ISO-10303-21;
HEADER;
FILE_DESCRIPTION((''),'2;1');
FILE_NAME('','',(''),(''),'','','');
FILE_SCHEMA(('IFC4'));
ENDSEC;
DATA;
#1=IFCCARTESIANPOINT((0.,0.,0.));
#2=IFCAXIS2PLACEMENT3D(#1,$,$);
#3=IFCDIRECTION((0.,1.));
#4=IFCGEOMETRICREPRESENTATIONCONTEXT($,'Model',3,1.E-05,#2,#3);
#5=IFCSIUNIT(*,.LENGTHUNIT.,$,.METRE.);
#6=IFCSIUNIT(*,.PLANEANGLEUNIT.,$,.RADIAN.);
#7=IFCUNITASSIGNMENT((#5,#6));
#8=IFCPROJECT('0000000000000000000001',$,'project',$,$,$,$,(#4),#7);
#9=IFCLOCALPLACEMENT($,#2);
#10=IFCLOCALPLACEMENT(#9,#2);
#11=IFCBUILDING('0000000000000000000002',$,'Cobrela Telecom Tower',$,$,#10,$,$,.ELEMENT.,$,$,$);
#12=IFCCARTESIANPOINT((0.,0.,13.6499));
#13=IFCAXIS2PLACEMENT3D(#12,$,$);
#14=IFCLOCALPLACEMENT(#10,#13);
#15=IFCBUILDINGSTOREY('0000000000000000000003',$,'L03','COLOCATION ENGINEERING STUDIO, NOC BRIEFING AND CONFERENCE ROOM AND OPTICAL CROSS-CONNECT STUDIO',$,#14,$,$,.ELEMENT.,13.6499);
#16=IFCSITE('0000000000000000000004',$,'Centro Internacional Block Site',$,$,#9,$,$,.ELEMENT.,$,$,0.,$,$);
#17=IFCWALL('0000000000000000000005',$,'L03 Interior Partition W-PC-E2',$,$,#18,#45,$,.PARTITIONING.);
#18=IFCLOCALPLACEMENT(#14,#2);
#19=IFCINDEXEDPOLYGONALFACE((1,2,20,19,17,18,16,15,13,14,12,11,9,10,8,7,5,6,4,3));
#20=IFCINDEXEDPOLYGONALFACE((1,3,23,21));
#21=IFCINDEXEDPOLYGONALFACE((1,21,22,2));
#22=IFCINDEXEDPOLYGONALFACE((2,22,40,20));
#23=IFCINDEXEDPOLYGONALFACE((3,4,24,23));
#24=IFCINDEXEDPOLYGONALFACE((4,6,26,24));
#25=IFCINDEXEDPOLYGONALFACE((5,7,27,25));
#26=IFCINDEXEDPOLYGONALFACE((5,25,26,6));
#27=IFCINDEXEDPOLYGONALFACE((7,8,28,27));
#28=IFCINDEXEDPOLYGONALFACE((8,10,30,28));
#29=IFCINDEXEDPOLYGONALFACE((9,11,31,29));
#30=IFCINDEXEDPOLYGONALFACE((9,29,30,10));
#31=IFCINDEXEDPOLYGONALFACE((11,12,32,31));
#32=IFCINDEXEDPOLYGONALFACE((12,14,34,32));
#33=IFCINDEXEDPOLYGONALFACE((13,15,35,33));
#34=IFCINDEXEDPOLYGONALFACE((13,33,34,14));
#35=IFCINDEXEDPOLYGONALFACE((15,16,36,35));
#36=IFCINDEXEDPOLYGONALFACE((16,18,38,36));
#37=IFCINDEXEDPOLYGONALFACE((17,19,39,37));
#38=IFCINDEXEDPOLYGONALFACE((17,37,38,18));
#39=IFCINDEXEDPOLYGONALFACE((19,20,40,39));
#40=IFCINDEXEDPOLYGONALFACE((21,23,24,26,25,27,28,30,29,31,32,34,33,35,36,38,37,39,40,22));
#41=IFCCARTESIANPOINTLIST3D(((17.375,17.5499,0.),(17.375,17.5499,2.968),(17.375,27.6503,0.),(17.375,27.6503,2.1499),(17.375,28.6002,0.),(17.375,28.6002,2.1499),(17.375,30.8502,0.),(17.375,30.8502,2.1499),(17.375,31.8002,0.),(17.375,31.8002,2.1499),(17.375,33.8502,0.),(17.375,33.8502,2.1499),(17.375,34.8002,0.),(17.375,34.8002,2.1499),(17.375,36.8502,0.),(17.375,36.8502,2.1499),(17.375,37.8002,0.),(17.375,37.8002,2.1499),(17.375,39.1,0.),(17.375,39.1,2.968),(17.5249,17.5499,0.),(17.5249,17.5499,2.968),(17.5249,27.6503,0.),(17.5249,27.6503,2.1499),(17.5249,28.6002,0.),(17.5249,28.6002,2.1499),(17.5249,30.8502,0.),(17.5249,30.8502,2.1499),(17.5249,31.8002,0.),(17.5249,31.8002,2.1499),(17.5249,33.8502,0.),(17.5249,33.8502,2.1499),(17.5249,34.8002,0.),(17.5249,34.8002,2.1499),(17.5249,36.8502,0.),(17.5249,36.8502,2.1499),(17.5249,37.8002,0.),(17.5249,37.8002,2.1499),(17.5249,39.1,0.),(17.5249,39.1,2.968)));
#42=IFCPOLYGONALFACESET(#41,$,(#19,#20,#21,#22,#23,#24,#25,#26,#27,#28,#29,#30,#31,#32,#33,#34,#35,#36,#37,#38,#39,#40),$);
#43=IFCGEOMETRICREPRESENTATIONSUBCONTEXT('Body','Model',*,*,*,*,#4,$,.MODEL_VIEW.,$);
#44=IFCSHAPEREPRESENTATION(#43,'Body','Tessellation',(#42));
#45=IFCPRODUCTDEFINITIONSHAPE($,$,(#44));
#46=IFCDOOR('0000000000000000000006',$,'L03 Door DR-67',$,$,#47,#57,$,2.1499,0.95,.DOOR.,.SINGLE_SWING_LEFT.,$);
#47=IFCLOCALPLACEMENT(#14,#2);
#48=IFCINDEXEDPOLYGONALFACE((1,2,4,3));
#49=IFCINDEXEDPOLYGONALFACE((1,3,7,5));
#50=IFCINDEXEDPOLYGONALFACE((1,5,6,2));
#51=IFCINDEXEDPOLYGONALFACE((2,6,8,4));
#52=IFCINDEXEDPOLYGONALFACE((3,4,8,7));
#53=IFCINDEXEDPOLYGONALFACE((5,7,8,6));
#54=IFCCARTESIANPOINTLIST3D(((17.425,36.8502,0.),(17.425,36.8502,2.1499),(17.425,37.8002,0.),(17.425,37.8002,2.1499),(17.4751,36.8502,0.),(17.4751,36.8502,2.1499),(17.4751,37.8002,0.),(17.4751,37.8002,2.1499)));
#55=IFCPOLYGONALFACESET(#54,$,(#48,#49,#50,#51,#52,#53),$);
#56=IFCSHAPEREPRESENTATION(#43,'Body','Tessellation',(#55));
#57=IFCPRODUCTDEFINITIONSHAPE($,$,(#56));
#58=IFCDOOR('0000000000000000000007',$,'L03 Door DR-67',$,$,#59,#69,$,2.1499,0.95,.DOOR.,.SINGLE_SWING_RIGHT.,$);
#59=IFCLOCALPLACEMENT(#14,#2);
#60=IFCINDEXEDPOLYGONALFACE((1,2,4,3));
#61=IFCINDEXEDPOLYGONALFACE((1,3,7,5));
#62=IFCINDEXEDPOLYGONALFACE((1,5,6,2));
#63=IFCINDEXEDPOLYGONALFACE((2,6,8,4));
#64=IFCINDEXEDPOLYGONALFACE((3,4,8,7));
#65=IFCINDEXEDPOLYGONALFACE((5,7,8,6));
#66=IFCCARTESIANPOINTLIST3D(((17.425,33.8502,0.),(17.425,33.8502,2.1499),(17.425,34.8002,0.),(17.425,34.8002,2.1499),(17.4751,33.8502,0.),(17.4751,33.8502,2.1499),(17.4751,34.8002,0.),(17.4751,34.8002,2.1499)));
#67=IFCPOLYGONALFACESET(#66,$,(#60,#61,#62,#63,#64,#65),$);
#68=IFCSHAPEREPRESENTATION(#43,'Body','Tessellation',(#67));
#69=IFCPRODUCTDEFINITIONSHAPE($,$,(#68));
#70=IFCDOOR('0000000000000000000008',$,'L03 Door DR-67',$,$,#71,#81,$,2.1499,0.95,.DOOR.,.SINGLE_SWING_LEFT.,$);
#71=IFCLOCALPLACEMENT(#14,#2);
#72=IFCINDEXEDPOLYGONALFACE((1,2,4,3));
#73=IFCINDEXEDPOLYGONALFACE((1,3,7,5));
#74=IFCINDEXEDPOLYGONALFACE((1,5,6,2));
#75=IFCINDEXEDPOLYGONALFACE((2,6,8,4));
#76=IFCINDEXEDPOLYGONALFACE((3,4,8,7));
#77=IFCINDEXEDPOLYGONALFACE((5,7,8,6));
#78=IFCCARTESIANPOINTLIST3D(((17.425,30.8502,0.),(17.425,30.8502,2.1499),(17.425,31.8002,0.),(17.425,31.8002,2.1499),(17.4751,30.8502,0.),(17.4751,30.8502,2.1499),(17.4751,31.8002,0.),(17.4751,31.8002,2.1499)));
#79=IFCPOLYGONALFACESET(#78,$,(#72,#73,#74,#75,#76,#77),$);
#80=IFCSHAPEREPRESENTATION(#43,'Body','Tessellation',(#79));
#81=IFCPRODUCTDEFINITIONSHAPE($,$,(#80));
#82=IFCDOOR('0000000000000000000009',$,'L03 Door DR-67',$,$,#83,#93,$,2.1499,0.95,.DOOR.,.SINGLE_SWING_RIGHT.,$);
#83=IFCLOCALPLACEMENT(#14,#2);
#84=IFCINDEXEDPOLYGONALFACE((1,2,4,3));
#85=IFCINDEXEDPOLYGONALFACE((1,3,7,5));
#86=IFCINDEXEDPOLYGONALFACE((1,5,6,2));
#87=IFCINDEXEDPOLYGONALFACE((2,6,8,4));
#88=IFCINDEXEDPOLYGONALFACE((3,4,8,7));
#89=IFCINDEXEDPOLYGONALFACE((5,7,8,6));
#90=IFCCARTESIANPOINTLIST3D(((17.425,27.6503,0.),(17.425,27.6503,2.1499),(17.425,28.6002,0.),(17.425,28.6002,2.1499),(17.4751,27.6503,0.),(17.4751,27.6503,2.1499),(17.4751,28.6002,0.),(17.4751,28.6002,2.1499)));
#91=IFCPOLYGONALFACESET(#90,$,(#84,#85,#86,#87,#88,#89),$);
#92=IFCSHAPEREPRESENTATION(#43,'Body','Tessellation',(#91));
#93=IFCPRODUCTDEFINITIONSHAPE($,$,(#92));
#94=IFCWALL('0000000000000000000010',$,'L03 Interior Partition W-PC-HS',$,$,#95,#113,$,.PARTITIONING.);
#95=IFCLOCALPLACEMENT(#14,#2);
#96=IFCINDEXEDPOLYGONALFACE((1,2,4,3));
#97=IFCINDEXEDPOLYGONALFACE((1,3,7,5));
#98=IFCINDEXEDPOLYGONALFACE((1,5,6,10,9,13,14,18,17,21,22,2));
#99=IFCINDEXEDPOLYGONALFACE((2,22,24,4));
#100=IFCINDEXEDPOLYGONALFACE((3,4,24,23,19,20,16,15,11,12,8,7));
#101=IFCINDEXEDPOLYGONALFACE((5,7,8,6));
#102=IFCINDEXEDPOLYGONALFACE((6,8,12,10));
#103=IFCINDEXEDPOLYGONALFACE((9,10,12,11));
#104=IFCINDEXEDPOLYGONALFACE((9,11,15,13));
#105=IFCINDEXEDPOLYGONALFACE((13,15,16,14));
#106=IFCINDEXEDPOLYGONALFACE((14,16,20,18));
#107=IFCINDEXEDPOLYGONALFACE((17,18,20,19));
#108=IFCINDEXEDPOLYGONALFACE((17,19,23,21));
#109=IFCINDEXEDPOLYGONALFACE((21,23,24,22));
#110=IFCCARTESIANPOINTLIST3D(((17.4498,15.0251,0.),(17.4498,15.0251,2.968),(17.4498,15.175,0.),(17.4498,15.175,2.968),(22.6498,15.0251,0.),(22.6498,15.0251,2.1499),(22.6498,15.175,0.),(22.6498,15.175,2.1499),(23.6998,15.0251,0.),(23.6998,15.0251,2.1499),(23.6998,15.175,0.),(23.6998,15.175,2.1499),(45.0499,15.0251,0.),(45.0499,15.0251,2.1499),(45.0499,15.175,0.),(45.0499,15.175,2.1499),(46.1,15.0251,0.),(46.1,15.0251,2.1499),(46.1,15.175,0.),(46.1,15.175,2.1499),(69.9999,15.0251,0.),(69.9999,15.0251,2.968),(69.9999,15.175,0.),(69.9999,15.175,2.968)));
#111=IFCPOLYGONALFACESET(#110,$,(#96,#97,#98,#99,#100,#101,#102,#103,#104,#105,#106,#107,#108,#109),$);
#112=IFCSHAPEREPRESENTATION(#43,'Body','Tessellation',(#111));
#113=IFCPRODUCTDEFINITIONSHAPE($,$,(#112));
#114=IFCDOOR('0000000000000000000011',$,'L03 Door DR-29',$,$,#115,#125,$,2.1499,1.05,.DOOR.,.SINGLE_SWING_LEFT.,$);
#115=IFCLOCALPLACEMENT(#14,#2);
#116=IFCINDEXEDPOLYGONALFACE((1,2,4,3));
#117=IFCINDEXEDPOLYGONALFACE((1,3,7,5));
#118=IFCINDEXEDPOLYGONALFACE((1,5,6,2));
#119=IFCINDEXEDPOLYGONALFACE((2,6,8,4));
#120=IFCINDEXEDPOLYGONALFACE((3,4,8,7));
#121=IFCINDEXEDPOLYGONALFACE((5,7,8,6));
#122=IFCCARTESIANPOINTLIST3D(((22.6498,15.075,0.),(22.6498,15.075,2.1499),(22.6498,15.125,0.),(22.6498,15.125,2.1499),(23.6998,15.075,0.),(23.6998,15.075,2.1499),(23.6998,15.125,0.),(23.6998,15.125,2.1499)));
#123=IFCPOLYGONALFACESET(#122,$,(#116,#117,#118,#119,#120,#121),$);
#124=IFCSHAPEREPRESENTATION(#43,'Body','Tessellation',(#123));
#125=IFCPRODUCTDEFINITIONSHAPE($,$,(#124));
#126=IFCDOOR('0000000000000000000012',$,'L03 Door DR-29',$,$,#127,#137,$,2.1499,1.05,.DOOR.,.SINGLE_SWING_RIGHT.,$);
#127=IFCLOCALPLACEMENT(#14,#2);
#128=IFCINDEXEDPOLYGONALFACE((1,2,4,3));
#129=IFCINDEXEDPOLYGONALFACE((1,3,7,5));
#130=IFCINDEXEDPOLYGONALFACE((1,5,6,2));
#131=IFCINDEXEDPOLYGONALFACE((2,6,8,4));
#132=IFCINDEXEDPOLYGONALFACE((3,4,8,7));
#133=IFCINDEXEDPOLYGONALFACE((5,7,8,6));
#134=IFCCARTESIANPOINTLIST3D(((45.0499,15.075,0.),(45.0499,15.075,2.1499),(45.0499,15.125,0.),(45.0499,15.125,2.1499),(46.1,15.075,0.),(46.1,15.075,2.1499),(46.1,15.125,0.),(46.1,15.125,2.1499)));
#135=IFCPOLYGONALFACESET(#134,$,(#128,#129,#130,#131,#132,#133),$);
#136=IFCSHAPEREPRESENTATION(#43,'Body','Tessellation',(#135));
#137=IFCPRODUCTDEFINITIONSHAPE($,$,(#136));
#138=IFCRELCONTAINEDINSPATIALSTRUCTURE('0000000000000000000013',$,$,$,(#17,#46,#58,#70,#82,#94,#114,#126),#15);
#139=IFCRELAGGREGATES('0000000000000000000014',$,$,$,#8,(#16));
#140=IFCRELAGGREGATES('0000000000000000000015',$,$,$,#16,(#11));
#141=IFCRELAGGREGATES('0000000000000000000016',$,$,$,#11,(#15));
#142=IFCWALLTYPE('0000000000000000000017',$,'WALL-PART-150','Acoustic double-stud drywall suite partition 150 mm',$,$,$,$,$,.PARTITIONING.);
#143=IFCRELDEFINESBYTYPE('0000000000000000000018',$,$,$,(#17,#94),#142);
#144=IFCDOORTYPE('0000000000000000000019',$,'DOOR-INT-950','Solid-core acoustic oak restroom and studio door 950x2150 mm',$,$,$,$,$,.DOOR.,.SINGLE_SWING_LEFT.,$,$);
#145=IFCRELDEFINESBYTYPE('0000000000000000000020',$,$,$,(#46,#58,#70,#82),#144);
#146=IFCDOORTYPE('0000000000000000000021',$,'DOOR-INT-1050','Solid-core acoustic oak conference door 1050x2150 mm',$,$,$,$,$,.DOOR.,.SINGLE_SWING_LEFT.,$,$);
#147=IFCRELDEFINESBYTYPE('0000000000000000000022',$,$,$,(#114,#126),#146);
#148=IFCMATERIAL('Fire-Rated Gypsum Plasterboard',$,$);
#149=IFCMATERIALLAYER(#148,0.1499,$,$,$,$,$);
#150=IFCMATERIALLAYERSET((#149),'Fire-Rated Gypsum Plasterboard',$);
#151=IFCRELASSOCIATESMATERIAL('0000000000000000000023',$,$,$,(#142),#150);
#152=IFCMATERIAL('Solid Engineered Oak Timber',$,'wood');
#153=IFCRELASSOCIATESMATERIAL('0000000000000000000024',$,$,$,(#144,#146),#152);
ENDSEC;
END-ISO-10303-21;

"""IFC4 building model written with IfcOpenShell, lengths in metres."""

from ifc_helpers import new_model, si_unit, direction, frame, frame_2d, origin, place, context, subcontext, project, spatial, rectangle, extrude, material, layer, layer_set, type_object, element, fill, save


model = new_model("IFC4")

# Units and contexts
model_context = context("Model", 3, precision=1e-05, world=origin(), true_north=direction((0.0, 1.0)))
body_context = subcontext(model_context, "Body", "Model", "MODEL_VIEW")
ifc_project = project(units=[si_unit("LENGTHUNIT", "METRE"), si_unit("PLANEANGLEUNIT", "RADIAN")], contexts=[model_context])

# Site, building, storey
site_placement = place(None, origin())
site = spatial("IfcSite", under=ifc_project, at=site_placement, Name="Centro Internacional Block Site", CompositionType="ELEMENT", RefElevation=0.0)
building_placement = place(site_placement, origin())
building = spatial("IfcBuilding", under=site, at=building_placement, Name="Cobrela Telecom Tower", CompositionType="ELEMENT")
storey_placement = place(building_placement, frame((0.0, 0.0, 13.6499)))
storey = spatial("IfcBuildingStorey", under=building, at=storey_placement, Name="L03", Description="COLOCATION ENGINEERING STUDIO, NOC BRIEFING AND CONFERENCE ROOM AND OPTICAL CROSS-CONNECT STUDIO", CompositionType="ELEMENT", Elevation=13.6499)

# Shared definitions
ifc_material_1 = material(Name="Fire-Rated Gypsum Plasterboard")
ifc_layer = layer(ifc_material_1, 0.1499)
ifc_layer_set = layer_set([ifc_layer], Name="Fire-Rated Gypsum Plasterboard")
wall_type = type_object("IfcWallType", Name="WALL-PART-150", Description="Acoustic double-stud drywall suite partition 150 mm", PredefinedType="PARTITIONING", material=ifc_layer_set)
ifc_material_2 = material(Name="Solid Engineered Oak Timber", Category="wood")

# Walls, openings, doors
wall_1_placement = place(storey_placement, frame((17.45, 17.55, 0.0), z_axis=(0.0, 0.0, 1.0), x_axis=(0.0, 1.0, 0.0)))
wall_1 = element("IfcWall", 1, at=wall_1_placement, inside=storey, type_object=wall_type, Name="L03 Interior Partition W-PC-E2", PredefinedType="PARTITIONING", context=body_context, shape_type="SweptSolid", body=[
    extrude(rectangle(XDim=21.55, YDim=0.1499, at=frame_2d((10.7749, 0.0))), origin(), (0.0, 0.0, 1.0), 2.968),
])
opening_1_placement = place(wall_1_placement, frame((19.3, 0.0, 0.0)))
opening_1 = element("IfcOpeningElement", 2, at=opening_1_placement, cuts=wall_1, PredefinedType="OPENING", context=body_context, shape_type="SweptSolid", body=[
    extrude(rectangle(XDim=0.95, YDim=2.1499, at=frame_2d((0.4751, 1.075))), frame((0.0, 0.0869, 0.0), z_axis=(0.0, -1.0, 0.0), x_axis=(1.0, 0.0, 0.0)), (0.0, 0.0, 1.0), 0.1738),
])
opening_2_placement = place(wall_1_placement, frame((16.3, 0.0, 0.0)))
opening_2 = element("IfcOpeningElement", 3, at=opening_2_placement, cuts=wall_1, PredefinedType="OPENING", context=body_context, shape_type="SweptSolid", body=[
    extrude(rectangle(XDim=0.95, YDim=2.1499, at=frame_2d((0.4751, 1.075))), frame((0.0, 0.0869, 0.0), z_axis=(0.0, -1.0, 0.0), x_axis=(1.0, 0.0, 0.0)), (0.0, 0.0, 1.0), 0.1738),
])
opening_3_placement = place(wall_1_placement, frame((13.3, 0.0, 0.0)))
opening_3 = element("IfcOpeningElement", 4, at=opening_3_placement, cuts=wall_1, PredefinedType="OPENING", context=body_context, shape_type="SweptSolid", body=[
    extrude(rectangle(XDim=0.95, YDim=2.1499, at=frame_2d((0.4751, 1.075))), frame((0.0, 0.0869, 0.0), z_axis=(0.0, -1.0, 0.0), x_axis=(1.0, 0.0, 0.0)), (0.0, 0.0, 1.0), 0.1738),
])
opening_4_placement = place(wall_1_placement, frame((10.1001, 0.0, 0.0)))
opening_4 = element("IfcOpeningElement", 5, at=opening_4_placement, cuts=wall_1, PredefinedType="OPENING", context=body_context, shape_type="SweptSolid", body=[
    extrude(rectangle(XDim=0.95, YDim=2.1499, at=frame_2d((0.4751, 1.075))), frame((0.0, 0.0869, 0.0), z_axis=(0.0, -1.0, 0.0), x_axis=(1.0, 0.0, 0.0)), (0.0, 0.0, 1.0), 0.1738),
])
door_type_1 = type_object("IfcDoorType", Name="DOOR-INT-950", Description="Solid-core acoustic oak restroom and studio door 950x2150 mm", OperationType="SINGLE_SWING_LEFT", PredefinedType="DOOR", material=ifc_material_2)
door_1_placement = place(opening_1_placement, origin())
door_1 = element("IfcDoor", 6, at=door_1_placement, inside=storey, type_object=door_type_1, Name="L03 Door DR-67", OperationType="SINGLE_SWING_LEFT", OverallHeight=2.1499, OverallWidth=0.95, PredefinedType="DOOR", context=body_context, shape_type="SweptSolid", body=[
    extrude(rectangle(XDim=0.95, YDim=2.1499, at=frame_2d((0.4751, 1.075))), frame((0.0, 0.0249, 0.0), z_axis=(0.0, -1.0, 0.0), x_axis=(1.0, 0.0, 0.0)), (0.0, 0.0, 1.0), 0.05),
])
fill(opening_1, door_1)
door_2_placement = place(opening_2_placement, origin())
door_2 = element("IfcDoor", 7, at=door_2_placement, inside=storey, type_object=door_type_1, Name="L03 Door DR-67", OperationType="SINGLE_SWING_RIGHT", OverallHeight=2.1499, OverallWidth=0.95, PredefinedType="DOOR", context=body_context, shape_type="SweptSolid", body=[
    extrude(rectangle(XDim=0.95, YDim=2.1499, at=frame_2d((0.4751, 1.075))), frame((0.0, 0.0249, 0.0), z_axis=(0.0, -1.0, 0.0), x_axis=(1.0, 0.0, 0.0)), (0.0, 0.0, 1.0), 0.05),
])
fill(opening_2, door_2)
door_3_placement = place(opening_3_placement, origin())
door_3 = element("IfcDoor", 8, at=door_3_placement, inside=storey, type_object=door_type_1, Name="L03 Door DR-67", OperationType="SINGLE_SWING_LEFT", OverallHeight=2.1499, OverallWidth=0.95, PredefinedType="DOOR", context=body_context, shape_type="SweptSolid", body=[
    extrude(rectangle(XDim=0.95, YDim=2.1499, at=frame_2d((0.4751, 1.075))), frame((0.0, 0.0249, 0.0), z_axis=(0.0, -1.0, 0.0), x_axis=(1.0, 0.0, 0.0)), (0.0, 0.0, 1.0), 0.05),
])
fill(opening_3, door_3)
door_4_placement = place(opening_4_placement, origin())
door_4 = element("IfcDoor", 9, at=door_4_placement, inside=storey, type_object=door_type_1, Name="L03 Door DR-67", OperationType="SINGLE_SWING_RIGHT", OverallHeight=2.1499, OverallWidth=0.95, PredefinedType="DOOR", context=body_context, shape_type="SweptSolid", body=[
    extrude(rectangle(XDim=0.95, YDim=2.1499, at=frame_2d((0.4751, 1.075))), frame((0.0, 0.0249, 0.0), z_axis=(0.0, -1.0, 0.0), x_axis=(1.0, 0.0, 0.0)), (0.0, 0.0, 1.0), 0.05),
])
fill(opening_4, door_4)
wall_2_placement = place(storey_placement, frame((17.45, 15.1001, 0.0), z_axis=(0.0, 0.0, 1.0), x_axis=(1.0, 0.0, 0.0)))
wall_2 = element("IfcWall", 10, at=wall_2_placement, inside=storey, type_object=wall_type, Name="L03 Interior Partition W-PC-HS", PredefinedType="PARTITIONING", context=body_context, shape_type="SweptSolid", body=[
    extrude(rectangle(XDim=52.55, YDim=0.1499, at=frame_2d((26.2749, 0.0))), origin(), (0.0, 0.0, 1.0), 2.968),
])
opening_5_placement = place(wall_2_placement, frame((5.2, 0.0, 0.0)))
opening_5 = element("IfcOpeningElement", 11, at=opening_5_placement, cuts=wall_2, PredefinedType="OPENING", context=body_context, shape_type="SweptSolid", body=[
    extrude(rectangle(XDim=1.05, YDim=2.1499, at=frame_2d((0.5249, 1.075))), frame((0.0, 0.0869, 0.0), z_axis=(0.0, -1.0, 0.0), x_axis=(1.0, 0.0, 0.0)), (0.0, 0.0, 1.0), 0.1738),
])
opening_6_placement = place(wall_2_placement, frame((27.6001, 0.0, 0.0)))
opening_6 = element("IfcOpeningElement", 12, at=opening_6_placement, cuts=wall_2, PredefinedType="OPENING", context=body_context, shape_type="SweptSolid", body=[
    extrude(rectangle(XDim=1.05, YDim=2.1499, at=frame_2d((0.5249, 1.075))), frame((0.0, 0.0869, 0.0), z_axis=(0.0, -1.0, 0.0), x_axis=(1.0, 0.0, 0.0)), (0.0, 0.0, 1.0), 0.1738),
])
door_type_2 = type_object("IfcDoorType", Name="DOOR-INT-1050", Description="Solid-core acoustic oak conference door 1050x2150 mm", OperationType="SINGLE_SWING_LEFT", PredefinedType="DOOR", material=ifc_material_2)
door_5_placement = place(opening_5_placement, origin())
door_5 = element("IfcDoor", 13, at=door_5_placement, inside=storey, type_object=door_type_2, Name="L03 Door DR-29", OperationType="SINGLE_SWING_LEFT", OverallHeight=2.1499, OverallWidth=1.05, PredefinedType="DOOR", context=body_context, shape_type="SweptSolid", body=[
    extrude(rectangle(XDim=1.05, YDim=2.1499, at=frame_2d((0.5249, 1.075))), frame((0.0, 0.0249, 0.0), z_axis=(0.0, -1.0, 0.0), x_axis=(1.0, 0.0, 0.0)), (0.0, 0.0, 1.0), 0.05),
])
fill(opening_5, door_5)
door_6_placement = place(opening_6_placement, origin())
door_6 = element("IfcDoor", 14, at=door_6_placement, inside=storey, type_object=door_type_2, Name="L03 Door DR-29", OperationType="SINGLE_SWING_RIGHT", OverallHeight=2.1499, OverallWidth=1.05, PredefinedType="DOOR", context=body_context, shape_type="SweptSolid", body=[
    extrude(rectangle(XDim=1.05, YDim=2.1499, at=frame_2d((0.5249, 1.075))), frame((0.0, 0.0249, 0.0), z_axis=(0.0, -1.0, 0.0), x_axis=(1.0, 0.0, 0.0)), (0.0, 0.0, 1.0), 0.05),
])
fill(opening_6, door_6)

save(model, "model.ifc")
